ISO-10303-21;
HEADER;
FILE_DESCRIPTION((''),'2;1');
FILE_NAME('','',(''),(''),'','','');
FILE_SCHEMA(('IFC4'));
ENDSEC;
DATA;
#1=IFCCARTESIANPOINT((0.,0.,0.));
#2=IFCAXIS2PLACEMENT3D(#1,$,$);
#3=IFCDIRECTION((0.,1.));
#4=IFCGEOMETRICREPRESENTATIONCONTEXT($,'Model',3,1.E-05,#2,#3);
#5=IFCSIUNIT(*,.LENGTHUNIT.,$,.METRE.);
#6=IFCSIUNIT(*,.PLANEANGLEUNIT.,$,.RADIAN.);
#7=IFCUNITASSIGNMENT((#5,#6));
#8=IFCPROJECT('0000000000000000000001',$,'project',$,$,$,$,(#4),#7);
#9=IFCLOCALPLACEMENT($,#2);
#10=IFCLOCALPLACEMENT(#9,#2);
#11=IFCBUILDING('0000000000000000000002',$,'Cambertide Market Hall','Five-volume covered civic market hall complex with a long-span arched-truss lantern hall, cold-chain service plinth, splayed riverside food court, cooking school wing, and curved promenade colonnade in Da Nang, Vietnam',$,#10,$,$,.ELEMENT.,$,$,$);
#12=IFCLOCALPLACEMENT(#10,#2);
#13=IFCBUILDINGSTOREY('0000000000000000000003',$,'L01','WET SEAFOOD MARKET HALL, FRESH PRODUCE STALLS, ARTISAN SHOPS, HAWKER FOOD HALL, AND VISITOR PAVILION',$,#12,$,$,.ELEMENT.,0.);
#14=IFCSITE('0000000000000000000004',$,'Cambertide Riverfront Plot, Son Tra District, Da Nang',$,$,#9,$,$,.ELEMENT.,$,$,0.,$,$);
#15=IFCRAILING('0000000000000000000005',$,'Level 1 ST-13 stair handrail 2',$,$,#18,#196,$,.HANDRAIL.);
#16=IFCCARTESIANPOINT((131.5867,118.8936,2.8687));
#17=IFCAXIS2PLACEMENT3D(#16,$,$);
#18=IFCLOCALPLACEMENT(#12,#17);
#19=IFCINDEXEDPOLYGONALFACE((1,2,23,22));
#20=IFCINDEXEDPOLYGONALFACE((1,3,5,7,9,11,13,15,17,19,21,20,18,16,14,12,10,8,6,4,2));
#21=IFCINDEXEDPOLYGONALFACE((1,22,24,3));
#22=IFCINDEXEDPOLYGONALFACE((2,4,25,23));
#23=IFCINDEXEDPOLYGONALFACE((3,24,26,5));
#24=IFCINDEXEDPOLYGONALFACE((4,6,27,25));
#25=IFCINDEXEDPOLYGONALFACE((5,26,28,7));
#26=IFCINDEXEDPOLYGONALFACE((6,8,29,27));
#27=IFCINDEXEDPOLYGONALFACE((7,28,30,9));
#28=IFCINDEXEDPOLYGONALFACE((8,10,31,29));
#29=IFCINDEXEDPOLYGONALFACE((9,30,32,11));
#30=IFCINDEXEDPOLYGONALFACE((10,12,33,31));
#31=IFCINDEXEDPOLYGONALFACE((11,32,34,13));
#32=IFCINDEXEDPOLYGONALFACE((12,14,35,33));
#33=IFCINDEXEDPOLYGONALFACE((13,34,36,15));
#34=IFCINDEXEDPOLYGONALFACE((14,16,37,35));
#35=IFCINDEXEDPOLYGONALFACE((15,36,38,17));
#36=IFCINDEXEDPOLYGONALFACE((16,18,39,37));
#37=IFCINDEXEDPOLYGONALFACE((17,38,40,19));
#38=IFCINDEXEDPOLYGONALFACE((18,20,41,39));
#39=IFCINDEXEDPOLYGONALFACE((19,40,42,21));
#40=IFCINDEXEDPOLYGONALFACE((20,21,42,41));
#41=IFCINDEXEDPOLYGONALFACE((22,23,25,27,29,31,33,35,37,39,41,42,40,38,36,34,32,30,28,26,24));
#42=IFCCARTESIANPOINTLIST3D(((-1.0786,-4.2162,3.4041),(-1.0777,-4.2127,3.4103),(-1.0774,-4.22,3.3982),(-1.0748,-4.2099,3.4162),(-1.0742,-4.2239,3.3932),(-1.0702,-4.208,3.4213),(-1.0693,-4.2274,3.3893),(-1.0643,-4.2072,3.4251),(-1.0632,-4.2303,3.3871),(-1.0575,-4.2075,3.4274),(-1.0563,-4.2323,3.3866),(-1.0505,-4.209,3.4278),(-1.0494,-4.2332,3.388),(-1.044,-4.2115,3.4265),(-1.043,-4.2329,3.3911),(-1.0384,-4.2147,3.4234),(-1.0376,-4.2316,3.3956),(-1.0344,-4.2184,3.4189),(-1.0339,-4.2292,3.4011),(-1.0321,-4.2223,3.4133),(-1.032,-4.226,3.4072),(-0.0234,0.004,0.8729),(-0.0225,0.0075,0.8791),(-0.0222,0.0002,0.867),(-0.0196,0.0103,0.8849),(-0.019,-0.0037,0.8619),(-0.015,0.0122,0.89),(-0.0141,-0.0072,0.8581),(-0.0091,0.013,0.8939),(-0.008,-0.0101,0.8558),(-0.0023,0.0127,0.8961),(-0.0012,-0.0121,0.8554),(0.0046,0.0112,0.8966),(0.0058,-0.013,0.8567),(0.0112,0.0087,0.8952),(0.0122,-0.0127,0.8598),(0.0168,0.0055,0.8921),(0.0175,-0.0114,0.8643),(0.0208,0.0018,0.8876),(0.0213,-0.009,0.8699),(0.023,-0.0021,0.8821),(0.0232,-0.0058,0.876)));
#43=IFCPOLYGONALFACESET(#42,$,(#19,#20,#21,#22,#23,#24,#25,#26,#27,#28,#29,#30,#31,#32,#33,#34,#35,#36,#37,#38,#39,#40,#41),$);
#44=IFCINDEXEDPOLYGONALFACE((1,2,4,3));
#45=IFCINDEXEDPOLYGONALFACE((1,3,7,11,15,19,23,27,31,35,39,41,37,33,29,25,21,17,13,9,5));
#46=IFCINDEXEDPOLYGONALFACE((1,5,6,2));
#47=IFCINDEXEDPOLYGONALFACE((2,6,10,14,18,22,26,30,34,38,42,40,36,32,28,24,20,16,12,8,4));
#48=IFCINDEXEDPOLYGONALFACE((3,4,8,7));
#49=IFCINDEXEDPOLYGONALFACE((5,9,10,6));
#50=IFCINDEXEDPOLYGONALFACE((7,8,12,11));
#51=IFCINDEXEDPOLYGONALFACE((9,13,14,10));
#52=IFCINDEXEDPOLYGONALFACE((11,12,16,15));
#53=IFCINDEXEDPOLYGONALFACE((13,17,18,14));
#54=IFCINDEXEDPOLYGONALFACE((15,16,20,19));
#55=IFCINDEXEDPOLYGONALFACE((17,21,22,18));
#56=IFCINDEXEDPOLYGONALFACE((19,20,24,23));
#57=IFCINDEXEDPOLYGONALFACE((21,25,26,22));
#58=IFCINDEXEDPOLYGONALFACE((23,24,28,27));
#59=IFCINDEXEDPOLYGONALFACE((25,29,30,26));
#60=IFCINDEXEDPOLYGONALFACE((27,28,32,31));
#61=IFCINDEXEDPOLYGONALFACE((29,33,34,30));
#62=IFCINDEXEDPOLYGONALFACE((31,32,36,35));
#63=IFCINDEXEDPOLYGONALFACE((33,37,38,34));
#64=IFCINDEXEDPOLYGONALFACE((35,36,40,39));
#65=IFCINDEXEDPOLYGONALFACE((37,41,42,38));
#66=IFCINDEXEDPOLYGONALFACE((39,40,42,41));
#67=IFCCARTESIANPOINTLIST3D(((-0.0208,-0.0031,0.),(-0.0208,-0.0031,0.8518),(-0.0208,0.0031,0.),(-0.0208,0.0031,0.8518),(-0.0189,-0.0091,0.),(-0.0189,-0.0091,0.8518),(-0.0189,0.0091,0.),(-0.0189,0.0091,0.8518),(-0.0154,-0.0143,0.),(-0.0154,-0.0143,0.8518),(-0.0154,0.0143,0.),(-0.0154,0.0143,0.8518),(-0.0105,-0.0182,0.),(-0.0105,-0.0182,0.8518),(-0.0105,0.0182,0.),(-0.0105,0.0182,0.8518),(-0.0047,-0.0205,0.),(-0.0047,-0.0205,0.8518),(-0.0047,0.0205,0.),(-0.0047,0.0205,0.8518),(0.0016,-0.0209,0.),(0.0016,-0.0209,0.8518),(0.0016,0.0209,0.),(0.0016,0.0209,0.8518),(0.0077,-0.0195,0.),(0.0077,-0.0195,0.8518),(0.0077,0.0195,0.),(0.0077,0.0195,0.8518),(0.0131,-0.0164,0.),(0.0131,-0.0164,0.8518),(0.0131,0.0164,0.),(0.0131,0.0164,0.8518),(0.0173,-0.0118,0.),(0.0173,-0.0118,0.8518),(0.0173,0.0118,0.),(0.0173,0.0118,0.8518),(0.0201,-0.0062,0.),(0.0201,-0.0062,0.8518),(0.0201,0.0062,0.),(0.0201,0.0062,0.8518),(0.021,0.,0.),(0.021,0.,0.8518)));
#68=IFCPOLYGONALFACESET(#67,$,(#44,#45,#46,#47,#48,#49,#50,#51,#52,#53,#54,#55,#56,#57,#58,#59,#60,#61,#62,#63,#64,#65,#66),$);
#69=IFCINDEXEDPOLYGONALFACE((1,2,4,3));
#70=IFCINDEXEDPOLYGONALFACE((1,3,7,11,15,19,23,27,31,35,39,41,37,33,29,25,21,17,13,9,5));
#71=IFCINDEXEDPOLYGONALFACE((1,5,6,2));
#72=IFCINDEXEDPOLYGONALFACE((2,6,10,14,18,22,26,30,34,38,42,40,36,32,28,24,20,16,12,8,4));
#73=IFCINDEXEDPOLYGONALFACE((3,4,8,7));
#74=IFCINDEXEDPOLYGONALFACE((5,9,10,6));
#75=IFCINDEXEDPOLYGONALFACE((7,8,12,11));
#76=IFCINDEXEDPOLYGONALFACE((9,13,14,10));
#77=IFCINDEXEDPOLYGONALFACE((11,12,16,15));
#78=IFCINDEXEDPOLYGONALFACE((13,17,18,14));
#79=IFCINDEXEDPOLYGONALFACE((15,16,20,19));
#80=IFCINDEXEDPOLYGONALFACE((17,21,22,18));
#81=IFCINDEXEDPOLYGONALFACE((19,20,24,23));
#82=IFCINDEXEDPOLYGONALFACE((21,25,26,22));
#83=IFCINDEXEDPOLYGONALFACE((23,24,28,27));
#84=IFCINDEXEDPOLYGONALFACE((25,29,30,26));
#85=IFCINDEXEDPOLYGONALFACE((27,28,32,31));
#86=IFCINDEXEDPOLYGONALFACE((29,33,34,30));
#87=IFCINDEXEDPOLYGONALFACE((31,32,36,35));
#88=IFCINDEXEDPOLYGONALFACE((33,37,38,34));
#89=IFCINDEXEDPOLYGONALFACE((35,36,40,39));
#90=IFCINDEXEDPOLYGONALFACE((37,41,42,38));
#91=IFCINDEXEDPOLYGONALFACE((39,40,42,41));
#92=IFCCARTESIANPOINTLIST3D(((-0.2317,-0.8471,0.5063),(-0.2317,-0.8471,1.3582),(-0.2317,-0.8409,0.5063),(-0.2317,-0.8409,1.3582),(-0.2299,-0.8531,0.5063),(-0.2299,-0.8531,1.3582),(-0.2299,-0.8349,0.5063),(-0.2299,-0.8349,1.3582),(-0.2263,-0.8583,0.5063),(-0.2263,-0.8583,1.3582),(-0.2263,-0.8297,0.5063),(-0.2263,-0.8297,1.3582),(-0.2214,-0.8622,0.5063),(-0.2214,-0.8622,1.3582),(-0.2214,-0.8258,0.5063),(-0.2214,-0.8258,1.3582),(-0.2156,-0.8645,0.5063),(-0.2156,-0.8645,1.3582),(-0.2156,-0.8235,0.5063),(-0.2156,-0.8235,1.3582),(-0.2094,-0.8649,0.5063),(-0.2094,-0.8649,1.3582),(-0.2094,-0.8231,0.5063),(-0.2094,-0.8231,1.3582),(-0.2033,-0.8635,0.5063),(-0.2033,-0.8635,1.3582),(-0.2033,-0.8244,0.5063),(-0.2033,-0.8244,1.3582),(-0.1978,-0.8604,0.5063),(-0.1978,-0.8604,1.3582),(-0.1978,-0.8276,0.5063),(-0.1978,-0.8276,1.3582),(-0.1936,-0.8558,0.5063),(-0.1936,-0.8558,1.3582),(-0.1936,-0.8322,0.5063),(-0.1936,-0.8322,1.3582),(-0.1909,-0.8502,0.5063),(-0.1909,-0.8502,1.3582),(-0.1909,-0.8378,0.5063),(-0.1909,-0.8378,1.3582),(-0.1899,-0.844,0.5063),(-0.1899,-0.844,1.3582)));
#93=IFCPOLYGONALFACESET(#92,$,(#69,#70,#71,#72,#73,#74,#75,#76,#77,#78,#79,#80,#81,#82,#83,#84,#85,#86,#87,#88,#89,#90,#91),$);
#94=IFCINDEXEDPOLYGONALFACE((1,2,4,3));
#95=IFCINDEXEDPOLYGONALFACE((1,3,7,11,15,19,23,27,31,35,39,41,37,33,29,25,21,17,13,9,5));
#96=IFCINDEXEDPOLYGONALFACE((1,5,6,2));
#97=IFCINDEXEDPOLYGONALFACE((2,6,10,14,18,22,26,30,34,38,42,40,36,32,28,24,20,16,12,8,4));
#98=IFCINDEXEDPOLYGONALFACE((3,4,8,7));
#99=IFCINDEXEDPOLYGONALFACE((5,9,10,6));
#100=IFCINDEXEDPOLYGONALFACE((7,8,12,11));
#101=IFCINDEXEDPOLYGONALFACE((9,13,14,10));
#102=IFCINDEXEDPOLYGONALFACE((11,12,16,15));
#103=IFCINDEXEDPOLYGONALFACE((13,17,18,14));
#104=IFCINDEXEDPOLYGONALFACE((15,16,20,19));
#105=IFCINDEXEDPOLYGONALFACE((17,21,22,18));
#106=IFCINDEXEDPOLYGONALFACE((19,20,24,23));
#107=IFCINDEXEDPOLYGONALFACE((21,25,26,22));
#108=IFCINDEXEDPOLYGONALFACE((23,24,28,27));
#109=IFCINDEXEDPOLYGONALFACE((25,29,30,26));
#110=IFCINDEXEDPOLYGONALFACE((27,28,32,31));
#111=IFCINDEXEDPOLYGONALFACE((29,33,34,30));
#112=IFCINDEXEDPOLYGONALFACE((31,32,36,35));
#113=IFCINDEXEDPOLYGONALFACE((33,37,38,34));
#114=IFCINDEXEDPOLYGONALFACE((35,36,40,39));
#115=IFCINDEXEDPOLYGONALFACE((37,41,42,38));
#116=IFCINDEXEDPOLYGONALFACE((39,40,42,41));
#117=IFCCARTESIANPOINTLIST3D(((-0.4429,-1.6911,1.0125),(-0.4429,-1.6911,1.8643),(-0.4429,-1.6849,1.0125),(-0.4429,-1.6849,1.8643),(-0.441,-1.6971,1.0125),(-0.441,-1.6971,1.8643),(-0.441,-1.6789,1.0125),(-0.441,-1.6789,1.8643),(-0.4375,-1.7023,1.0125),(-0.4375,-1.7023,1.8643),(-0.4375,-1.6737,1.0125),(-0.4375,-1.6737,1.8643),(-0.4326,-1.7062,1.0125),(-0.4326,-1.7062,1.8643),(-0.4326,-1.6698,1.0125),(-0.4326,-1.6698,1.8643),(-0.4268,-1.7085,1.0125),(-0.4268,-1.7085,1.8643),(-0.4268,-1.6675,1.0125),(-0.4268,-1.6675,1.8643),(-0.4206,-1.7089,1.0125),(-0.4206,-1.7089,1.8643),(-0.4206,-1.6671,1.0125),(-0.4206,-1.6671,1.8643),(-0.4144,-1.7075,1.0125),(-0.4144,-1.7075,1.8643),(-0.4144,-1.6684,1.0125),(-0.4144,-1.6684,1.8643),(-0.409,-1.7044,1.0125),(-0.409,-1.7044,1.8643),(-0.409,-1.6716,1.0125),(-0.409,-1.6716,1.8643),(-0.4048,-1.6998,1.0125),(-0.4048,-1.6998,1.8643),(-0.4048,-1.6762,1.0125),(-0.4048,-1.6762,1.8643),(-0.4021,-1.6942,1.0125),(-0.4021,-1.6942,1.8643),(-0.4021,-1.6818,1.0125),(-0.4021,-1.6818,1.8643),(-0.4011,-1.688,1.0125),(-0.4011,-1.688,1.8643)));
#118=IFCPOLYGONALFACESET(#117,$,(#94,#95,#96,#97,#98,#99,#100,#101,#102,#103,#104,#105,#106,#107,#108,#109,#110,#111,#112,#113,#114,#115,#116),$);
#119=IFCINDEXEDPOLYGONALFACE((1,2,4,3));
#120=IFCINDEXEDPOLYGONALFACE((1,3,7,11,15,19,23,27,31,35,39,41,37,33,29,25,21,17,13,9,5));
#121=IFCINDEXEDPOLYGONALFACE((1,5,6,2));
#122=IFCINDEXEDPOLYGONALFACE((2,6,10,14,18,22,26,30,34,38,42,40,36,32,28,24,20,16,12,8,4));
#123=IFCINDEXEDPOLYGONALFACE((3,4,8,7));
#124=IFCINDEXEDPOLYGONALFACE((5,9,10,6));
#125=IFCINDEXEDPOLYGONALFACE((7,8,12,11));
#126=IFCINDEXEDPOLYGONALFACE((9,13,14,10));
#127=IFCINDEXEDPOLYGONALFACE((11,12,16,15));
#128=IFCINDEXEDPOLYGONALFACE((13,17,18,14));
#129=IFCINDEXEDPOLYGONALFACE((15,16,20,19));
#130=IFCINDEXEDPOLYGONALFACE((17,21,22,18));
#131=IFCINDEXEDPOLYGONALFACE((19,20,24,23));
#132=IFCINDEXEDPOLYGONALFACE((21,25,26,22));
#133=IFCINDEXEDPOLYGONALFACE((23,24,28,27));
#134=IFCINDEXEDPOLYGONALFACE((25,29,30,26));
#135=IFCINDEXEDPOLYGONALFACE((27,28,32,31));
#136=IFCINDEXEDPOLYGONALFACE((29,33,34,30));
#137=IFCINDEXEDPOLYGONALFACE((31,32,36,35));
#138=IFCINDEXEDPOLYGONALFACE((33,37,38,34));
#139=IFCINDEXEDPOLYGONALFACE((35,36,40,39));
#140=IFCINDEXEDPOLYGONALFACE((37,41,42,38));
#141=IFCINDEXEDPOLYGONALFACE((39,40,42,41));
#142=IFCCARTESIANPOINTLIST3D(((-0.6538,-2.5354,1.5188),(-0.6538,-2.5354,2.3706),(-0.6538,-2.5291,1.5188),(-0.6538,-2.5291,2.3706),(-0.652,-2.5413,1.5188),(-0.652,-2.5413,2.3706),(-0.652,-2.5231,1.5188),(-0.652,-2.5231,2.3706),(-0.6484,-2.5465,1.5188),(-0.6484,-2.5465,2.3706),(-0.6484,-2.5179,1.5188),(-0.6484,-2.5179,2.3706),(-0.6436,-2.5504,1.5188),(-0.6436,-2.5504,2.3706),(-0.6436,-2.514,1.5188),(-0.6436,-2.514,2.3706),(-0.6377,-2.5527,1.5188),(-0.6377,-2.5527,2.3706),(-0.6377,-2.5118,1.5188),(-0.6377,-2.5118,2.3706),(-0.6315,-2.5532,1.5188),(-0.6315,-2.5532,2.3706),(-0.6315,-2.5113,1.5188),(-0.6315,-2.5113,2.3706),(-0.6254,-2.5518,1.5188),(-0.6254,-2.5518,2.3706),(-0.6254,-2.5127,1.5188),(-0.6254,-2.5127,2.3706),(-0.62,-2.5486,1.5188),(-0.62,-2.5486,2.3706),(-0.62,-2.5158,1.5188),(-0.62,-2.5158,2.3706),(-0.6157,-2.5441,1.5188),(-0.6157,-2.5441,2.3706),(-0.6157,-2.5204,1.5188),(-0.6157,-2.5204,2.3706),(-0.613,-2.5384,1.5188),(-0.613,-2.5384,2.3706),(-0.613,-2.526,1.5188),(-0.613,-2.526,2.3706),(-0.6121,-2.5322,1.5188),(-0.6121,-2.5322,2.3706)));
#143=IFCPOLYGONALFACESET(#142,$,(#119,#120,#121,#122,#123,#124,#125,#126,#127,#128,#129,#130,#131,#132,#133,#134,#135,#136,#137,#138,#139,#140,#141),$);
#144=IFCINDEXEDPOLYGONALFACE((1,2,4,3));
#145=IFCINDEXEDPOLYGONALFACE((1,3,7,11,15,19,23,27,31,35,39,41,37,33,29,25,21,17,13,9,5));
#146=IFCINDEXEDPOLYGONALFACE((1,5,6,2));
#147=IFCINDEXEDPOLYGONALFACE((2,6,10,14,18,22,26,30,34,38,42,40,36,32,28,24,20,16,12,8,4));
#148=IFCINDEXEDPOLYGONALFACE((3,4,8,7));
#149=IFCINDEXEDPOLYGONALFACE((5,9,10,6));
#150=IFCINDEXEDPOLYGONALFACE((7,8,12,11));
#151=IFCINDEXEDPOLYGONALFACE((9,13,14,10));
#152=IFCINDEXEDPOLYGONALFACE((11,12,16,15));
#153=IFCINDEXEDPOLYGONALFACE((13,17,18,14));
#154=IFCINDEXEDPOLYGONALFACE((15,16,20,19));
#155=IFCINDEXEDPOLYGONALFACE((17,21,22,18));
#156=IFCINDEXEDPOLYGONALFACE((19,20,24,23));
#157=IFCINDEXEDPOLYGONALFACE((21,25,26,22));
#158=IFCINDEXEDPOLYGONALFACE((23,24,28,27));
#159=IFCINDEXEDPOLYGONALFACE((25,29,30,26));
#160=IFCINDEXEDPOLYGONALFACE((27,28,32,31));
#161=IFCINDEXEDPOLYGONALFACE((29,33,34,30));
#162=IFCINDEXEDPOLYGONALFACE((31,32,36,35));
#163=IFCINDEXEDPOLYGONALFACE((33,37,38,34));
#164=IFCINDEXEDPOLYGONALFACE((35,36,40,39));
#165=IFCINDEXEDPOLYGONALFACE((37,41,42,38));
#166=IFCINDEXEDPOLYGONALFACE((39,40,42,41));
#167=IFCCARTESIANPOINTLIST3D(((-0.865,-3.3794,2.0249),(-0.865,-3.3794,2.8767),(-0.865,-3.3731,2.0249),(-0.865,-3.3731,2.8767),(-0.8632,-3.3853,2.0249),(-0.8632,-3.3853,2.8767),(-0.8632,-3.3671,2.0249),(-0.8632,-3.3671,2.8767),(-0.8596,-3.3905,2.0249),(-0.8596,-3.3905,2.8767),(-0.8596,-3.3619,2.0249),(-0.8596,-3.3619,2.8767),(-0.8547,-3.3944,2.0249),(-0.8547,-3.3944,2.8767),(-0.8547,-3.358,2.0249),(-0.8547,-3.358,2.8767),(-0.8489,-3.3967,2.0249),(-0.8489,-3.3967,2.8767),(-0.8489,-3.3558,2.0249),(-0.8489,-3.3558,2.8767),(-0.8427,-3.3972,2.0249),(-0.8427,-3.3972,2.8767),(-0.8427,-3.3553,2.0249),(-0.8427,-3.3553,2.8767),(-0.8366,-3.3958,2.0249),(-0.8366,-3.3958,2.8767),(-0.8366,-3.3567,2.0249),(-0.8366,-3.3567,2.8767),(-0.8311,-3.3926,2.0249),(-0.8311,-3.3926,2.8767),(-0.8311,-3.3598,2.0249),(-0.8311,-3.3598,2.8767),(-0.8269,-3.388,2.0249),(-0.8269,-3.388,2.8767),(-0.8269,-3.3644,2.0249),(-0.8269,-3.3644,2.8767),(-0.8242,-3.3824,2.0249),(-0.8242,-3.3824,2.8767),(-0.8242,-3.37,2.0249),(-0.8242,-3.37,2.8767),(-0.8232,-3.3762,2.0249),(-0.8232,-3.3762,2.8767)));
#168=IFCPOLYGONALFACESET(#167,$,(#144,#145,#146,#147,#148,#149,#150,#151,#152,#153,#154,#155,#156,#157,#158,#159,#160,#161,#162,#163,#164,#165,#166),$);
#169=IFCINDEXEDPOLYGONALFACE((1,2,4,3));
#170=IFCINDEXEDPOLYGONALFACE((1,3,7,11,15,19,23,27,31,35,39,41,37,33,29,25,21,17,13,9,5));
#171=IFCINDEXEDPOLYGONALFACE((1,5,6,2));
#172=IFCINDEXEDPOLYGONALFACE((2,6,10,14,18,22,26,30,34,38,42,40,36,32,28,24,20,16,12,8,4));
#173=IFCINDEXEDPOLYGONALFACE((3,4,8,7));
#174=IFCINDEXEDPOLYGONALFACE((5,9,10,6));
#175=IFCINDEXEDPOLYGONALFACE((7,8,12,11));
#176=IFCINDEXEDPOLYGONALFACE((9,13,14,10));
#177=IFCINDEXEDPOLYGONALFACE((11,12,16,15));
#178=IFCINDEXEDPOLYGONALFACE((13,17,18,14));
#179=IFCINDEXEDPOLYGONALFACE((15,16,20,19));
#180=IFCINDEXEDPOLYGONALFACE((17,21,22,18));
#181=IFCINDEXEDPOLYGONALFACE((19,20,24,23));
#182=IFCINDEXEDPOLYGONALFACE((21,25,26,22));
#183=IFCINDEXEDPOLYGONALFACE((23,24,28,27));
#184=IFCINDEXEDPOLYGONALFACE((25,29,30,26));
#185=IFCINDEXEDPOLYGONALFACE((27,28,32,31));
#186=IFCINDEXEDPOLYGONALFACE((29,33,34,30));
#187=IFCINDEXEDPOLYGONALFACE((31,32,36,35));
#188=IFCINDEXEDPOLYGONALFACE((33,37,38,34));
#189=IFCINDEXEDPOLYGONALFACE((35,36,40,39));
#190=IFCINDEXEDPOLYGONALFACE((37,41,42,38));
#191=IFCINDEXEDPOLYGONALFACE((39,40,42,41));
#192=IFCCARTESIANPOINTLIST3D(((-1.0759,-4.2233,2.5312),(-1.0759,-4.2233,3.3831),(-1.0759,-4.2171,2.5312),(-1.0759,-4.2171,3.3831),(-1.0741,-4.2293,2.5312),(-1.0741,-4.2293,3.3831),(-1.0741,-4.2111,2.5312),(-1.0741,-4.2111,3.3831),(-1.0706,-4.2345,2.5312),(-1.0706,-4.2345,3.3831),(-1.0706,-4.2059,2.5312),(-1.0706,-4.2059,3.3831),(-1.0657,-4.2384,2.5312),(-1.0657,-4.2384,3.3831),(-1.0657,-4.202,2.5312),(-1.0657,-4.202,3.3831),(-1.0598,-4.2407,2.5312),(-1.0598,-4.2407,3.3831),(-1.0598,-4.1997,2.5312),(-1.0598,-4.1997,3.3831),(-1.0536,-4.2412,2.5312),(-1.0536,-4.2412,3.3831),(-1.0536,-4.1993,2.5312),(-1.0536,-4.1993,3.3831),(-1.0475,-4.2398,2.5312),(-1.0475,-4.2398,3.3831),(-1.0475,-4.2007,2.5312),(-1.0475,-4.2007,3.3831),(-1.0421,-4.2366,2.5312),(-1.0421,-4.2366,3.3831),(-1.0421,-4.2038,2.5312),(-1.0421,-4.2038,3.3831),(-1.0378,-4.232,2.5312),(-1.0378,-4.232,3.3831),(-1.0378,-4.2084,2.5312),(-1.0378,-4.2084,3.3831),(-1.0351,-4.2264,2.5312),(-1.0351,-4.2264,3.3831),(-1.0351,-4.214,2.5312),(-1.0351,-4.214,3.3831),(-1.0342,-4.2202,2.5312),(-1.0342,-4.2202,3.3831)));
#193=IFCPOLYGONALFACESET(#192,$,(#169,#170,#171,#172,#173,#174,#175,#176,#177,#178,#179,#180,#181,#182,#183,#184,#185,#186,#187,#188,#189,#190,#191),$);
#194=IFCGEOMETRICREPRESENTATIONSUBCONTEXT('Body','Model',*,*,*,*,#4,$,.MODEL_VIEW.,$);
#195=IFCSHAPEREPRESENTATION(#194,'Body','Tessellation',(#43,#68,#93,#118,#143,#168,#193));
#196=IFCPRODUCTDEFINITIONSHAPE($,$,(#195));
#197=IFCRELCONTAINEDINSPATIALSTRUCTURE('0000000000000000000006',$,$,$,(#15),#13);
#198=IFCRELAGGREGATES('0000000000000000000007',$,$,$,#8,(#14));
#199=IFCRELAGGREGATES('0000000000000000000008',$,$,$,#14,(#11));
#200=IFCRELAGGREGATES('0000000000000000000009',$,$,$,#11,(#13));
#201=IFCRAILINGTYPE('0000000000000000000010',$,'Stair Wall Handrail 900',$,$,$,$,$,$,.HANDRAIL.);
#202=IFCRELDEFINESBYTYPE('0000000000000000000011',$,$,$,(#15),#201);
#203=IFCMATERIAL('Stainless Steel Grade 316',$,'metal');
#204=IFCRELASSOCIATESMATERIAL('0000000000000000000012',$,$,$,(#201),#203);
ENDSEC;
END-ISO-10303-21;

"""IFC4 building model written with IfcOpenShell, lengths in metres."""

from ifc_helpers import new_model, si_unit, direction, frame, origin, origin_2d, place, context, subcontext, project, spatial, circle, extrude, material, type_object, element, save


model = new_model("IFC4")

# Units and contexts
model_context = context("Model", 3, precision=1e-05, world=origin(), true_north=direction((0.0, 1.0)))
body_context = subcontext(model_context, "Body", "Model", "MODEL_VIEW")
ifc_project = project(units=[si_unit("LENGTHUNIT", "METRE"), si_unit("PLANEANGLEUNIT", "RADIAN")], contexts=[model_context])

# Site, building, storey
site_placement = place(None, origin())
site = spatial("IfcSite", under=ifc_project, at=site_placement, Name="Cambertide Riverfront Plot, Son Tra District, Da Nang", CompositionType="ELEMENT", RefElevation=0.0)
building_placement = place(site_placement, origin())
building = spatial("IfcBuilding", under=site, at=building_placement, Name="Cambertide Market Hall", Description="Five-volume covered civic market hall complex with a long-span arched-truss lantern hall, cold-chain service plinth, splayed riverside food court, cooking school wing, and curved promenade colonnade in Da Nang, Vietnam", CompositionType="ELEMENT")
storey_placement = place(building_placement, origin())
storey = spatial("IfcBuildingStorey", under=building, at=storey_placement, Name="L01", Description="WET SEAFOOD MARKET HALL, FRESH PRODUCE STALLS, ARTISAN SHOPS, HAWKER FOOD HALL, AND VISITOR PAVILION", CompositionType="ELEMENT", Elevation=0.0)

# Railing
ifc_material_1 = material(Name="Stainless Steel Grade 316", Category="metal")
railing_type_1 = type_object("IfcRailingType", Name="Stair Wall Handrail 900", PredefinedType="HANDRAIL", material=ifc_material_1)
railing_1_placement = place(storey_placement, frame((131.5867, 118.8936, 2.8687)))
element("IfcRailing", 1, at=railing_1_placement, inside=storey, type_object=railing_type_1, Name="Level 1 ST-13 stair handrail 2", PredefinedType="HANDRAIL", context=body_context, shape_type="SweptSolid", body=[
    extrude(circle(Radius=0.0239, at=origin_2d()), frame((0.0, 0.0, 0.876), z_axis=(-0.209653, -0.838513, 0.502933), x_axis=(0.970136, -0.242562, 0.0)), (0.0, 0.0, 1.0), 5.033),
    extrude(circle(Radius=0.021, at=origin_2d()), origin(), (0.0, 0.0, 1.0), 0.8518),
    extrude(circle(Radius=0.021, at=origin_2d()), frame((-0.2109, -0.844, 0.5063)), (0.0, 0.0, 1.0), 0.8518),
    extrude(circle(Radius=0.021, at=origin_2d()), frame((-0.4221, -1.688, 1.0125)), (0.0, 0.0, 1.0), 0.8518),
    extrude(circle(Radius=0.021, at=origin_2d()), frame((-0.6331, -2.5322, 1.5188)), (0.0, 0.0, 1.0), 0.8518),
    extrude(circle(Radius=0.021, at=origin_2d()), frame((-0.8442, -3.3762, 2.0249)), (0.0, 0.0, 1.0), 0.8518),
    extrude(circle(Radius=0.021, at=origin_2d()), frame((-1.0552, -4.2202, 2.5312)), (0.0, 0.0, 1.0), 0.8518),
])

save(model, "model.ifc")
